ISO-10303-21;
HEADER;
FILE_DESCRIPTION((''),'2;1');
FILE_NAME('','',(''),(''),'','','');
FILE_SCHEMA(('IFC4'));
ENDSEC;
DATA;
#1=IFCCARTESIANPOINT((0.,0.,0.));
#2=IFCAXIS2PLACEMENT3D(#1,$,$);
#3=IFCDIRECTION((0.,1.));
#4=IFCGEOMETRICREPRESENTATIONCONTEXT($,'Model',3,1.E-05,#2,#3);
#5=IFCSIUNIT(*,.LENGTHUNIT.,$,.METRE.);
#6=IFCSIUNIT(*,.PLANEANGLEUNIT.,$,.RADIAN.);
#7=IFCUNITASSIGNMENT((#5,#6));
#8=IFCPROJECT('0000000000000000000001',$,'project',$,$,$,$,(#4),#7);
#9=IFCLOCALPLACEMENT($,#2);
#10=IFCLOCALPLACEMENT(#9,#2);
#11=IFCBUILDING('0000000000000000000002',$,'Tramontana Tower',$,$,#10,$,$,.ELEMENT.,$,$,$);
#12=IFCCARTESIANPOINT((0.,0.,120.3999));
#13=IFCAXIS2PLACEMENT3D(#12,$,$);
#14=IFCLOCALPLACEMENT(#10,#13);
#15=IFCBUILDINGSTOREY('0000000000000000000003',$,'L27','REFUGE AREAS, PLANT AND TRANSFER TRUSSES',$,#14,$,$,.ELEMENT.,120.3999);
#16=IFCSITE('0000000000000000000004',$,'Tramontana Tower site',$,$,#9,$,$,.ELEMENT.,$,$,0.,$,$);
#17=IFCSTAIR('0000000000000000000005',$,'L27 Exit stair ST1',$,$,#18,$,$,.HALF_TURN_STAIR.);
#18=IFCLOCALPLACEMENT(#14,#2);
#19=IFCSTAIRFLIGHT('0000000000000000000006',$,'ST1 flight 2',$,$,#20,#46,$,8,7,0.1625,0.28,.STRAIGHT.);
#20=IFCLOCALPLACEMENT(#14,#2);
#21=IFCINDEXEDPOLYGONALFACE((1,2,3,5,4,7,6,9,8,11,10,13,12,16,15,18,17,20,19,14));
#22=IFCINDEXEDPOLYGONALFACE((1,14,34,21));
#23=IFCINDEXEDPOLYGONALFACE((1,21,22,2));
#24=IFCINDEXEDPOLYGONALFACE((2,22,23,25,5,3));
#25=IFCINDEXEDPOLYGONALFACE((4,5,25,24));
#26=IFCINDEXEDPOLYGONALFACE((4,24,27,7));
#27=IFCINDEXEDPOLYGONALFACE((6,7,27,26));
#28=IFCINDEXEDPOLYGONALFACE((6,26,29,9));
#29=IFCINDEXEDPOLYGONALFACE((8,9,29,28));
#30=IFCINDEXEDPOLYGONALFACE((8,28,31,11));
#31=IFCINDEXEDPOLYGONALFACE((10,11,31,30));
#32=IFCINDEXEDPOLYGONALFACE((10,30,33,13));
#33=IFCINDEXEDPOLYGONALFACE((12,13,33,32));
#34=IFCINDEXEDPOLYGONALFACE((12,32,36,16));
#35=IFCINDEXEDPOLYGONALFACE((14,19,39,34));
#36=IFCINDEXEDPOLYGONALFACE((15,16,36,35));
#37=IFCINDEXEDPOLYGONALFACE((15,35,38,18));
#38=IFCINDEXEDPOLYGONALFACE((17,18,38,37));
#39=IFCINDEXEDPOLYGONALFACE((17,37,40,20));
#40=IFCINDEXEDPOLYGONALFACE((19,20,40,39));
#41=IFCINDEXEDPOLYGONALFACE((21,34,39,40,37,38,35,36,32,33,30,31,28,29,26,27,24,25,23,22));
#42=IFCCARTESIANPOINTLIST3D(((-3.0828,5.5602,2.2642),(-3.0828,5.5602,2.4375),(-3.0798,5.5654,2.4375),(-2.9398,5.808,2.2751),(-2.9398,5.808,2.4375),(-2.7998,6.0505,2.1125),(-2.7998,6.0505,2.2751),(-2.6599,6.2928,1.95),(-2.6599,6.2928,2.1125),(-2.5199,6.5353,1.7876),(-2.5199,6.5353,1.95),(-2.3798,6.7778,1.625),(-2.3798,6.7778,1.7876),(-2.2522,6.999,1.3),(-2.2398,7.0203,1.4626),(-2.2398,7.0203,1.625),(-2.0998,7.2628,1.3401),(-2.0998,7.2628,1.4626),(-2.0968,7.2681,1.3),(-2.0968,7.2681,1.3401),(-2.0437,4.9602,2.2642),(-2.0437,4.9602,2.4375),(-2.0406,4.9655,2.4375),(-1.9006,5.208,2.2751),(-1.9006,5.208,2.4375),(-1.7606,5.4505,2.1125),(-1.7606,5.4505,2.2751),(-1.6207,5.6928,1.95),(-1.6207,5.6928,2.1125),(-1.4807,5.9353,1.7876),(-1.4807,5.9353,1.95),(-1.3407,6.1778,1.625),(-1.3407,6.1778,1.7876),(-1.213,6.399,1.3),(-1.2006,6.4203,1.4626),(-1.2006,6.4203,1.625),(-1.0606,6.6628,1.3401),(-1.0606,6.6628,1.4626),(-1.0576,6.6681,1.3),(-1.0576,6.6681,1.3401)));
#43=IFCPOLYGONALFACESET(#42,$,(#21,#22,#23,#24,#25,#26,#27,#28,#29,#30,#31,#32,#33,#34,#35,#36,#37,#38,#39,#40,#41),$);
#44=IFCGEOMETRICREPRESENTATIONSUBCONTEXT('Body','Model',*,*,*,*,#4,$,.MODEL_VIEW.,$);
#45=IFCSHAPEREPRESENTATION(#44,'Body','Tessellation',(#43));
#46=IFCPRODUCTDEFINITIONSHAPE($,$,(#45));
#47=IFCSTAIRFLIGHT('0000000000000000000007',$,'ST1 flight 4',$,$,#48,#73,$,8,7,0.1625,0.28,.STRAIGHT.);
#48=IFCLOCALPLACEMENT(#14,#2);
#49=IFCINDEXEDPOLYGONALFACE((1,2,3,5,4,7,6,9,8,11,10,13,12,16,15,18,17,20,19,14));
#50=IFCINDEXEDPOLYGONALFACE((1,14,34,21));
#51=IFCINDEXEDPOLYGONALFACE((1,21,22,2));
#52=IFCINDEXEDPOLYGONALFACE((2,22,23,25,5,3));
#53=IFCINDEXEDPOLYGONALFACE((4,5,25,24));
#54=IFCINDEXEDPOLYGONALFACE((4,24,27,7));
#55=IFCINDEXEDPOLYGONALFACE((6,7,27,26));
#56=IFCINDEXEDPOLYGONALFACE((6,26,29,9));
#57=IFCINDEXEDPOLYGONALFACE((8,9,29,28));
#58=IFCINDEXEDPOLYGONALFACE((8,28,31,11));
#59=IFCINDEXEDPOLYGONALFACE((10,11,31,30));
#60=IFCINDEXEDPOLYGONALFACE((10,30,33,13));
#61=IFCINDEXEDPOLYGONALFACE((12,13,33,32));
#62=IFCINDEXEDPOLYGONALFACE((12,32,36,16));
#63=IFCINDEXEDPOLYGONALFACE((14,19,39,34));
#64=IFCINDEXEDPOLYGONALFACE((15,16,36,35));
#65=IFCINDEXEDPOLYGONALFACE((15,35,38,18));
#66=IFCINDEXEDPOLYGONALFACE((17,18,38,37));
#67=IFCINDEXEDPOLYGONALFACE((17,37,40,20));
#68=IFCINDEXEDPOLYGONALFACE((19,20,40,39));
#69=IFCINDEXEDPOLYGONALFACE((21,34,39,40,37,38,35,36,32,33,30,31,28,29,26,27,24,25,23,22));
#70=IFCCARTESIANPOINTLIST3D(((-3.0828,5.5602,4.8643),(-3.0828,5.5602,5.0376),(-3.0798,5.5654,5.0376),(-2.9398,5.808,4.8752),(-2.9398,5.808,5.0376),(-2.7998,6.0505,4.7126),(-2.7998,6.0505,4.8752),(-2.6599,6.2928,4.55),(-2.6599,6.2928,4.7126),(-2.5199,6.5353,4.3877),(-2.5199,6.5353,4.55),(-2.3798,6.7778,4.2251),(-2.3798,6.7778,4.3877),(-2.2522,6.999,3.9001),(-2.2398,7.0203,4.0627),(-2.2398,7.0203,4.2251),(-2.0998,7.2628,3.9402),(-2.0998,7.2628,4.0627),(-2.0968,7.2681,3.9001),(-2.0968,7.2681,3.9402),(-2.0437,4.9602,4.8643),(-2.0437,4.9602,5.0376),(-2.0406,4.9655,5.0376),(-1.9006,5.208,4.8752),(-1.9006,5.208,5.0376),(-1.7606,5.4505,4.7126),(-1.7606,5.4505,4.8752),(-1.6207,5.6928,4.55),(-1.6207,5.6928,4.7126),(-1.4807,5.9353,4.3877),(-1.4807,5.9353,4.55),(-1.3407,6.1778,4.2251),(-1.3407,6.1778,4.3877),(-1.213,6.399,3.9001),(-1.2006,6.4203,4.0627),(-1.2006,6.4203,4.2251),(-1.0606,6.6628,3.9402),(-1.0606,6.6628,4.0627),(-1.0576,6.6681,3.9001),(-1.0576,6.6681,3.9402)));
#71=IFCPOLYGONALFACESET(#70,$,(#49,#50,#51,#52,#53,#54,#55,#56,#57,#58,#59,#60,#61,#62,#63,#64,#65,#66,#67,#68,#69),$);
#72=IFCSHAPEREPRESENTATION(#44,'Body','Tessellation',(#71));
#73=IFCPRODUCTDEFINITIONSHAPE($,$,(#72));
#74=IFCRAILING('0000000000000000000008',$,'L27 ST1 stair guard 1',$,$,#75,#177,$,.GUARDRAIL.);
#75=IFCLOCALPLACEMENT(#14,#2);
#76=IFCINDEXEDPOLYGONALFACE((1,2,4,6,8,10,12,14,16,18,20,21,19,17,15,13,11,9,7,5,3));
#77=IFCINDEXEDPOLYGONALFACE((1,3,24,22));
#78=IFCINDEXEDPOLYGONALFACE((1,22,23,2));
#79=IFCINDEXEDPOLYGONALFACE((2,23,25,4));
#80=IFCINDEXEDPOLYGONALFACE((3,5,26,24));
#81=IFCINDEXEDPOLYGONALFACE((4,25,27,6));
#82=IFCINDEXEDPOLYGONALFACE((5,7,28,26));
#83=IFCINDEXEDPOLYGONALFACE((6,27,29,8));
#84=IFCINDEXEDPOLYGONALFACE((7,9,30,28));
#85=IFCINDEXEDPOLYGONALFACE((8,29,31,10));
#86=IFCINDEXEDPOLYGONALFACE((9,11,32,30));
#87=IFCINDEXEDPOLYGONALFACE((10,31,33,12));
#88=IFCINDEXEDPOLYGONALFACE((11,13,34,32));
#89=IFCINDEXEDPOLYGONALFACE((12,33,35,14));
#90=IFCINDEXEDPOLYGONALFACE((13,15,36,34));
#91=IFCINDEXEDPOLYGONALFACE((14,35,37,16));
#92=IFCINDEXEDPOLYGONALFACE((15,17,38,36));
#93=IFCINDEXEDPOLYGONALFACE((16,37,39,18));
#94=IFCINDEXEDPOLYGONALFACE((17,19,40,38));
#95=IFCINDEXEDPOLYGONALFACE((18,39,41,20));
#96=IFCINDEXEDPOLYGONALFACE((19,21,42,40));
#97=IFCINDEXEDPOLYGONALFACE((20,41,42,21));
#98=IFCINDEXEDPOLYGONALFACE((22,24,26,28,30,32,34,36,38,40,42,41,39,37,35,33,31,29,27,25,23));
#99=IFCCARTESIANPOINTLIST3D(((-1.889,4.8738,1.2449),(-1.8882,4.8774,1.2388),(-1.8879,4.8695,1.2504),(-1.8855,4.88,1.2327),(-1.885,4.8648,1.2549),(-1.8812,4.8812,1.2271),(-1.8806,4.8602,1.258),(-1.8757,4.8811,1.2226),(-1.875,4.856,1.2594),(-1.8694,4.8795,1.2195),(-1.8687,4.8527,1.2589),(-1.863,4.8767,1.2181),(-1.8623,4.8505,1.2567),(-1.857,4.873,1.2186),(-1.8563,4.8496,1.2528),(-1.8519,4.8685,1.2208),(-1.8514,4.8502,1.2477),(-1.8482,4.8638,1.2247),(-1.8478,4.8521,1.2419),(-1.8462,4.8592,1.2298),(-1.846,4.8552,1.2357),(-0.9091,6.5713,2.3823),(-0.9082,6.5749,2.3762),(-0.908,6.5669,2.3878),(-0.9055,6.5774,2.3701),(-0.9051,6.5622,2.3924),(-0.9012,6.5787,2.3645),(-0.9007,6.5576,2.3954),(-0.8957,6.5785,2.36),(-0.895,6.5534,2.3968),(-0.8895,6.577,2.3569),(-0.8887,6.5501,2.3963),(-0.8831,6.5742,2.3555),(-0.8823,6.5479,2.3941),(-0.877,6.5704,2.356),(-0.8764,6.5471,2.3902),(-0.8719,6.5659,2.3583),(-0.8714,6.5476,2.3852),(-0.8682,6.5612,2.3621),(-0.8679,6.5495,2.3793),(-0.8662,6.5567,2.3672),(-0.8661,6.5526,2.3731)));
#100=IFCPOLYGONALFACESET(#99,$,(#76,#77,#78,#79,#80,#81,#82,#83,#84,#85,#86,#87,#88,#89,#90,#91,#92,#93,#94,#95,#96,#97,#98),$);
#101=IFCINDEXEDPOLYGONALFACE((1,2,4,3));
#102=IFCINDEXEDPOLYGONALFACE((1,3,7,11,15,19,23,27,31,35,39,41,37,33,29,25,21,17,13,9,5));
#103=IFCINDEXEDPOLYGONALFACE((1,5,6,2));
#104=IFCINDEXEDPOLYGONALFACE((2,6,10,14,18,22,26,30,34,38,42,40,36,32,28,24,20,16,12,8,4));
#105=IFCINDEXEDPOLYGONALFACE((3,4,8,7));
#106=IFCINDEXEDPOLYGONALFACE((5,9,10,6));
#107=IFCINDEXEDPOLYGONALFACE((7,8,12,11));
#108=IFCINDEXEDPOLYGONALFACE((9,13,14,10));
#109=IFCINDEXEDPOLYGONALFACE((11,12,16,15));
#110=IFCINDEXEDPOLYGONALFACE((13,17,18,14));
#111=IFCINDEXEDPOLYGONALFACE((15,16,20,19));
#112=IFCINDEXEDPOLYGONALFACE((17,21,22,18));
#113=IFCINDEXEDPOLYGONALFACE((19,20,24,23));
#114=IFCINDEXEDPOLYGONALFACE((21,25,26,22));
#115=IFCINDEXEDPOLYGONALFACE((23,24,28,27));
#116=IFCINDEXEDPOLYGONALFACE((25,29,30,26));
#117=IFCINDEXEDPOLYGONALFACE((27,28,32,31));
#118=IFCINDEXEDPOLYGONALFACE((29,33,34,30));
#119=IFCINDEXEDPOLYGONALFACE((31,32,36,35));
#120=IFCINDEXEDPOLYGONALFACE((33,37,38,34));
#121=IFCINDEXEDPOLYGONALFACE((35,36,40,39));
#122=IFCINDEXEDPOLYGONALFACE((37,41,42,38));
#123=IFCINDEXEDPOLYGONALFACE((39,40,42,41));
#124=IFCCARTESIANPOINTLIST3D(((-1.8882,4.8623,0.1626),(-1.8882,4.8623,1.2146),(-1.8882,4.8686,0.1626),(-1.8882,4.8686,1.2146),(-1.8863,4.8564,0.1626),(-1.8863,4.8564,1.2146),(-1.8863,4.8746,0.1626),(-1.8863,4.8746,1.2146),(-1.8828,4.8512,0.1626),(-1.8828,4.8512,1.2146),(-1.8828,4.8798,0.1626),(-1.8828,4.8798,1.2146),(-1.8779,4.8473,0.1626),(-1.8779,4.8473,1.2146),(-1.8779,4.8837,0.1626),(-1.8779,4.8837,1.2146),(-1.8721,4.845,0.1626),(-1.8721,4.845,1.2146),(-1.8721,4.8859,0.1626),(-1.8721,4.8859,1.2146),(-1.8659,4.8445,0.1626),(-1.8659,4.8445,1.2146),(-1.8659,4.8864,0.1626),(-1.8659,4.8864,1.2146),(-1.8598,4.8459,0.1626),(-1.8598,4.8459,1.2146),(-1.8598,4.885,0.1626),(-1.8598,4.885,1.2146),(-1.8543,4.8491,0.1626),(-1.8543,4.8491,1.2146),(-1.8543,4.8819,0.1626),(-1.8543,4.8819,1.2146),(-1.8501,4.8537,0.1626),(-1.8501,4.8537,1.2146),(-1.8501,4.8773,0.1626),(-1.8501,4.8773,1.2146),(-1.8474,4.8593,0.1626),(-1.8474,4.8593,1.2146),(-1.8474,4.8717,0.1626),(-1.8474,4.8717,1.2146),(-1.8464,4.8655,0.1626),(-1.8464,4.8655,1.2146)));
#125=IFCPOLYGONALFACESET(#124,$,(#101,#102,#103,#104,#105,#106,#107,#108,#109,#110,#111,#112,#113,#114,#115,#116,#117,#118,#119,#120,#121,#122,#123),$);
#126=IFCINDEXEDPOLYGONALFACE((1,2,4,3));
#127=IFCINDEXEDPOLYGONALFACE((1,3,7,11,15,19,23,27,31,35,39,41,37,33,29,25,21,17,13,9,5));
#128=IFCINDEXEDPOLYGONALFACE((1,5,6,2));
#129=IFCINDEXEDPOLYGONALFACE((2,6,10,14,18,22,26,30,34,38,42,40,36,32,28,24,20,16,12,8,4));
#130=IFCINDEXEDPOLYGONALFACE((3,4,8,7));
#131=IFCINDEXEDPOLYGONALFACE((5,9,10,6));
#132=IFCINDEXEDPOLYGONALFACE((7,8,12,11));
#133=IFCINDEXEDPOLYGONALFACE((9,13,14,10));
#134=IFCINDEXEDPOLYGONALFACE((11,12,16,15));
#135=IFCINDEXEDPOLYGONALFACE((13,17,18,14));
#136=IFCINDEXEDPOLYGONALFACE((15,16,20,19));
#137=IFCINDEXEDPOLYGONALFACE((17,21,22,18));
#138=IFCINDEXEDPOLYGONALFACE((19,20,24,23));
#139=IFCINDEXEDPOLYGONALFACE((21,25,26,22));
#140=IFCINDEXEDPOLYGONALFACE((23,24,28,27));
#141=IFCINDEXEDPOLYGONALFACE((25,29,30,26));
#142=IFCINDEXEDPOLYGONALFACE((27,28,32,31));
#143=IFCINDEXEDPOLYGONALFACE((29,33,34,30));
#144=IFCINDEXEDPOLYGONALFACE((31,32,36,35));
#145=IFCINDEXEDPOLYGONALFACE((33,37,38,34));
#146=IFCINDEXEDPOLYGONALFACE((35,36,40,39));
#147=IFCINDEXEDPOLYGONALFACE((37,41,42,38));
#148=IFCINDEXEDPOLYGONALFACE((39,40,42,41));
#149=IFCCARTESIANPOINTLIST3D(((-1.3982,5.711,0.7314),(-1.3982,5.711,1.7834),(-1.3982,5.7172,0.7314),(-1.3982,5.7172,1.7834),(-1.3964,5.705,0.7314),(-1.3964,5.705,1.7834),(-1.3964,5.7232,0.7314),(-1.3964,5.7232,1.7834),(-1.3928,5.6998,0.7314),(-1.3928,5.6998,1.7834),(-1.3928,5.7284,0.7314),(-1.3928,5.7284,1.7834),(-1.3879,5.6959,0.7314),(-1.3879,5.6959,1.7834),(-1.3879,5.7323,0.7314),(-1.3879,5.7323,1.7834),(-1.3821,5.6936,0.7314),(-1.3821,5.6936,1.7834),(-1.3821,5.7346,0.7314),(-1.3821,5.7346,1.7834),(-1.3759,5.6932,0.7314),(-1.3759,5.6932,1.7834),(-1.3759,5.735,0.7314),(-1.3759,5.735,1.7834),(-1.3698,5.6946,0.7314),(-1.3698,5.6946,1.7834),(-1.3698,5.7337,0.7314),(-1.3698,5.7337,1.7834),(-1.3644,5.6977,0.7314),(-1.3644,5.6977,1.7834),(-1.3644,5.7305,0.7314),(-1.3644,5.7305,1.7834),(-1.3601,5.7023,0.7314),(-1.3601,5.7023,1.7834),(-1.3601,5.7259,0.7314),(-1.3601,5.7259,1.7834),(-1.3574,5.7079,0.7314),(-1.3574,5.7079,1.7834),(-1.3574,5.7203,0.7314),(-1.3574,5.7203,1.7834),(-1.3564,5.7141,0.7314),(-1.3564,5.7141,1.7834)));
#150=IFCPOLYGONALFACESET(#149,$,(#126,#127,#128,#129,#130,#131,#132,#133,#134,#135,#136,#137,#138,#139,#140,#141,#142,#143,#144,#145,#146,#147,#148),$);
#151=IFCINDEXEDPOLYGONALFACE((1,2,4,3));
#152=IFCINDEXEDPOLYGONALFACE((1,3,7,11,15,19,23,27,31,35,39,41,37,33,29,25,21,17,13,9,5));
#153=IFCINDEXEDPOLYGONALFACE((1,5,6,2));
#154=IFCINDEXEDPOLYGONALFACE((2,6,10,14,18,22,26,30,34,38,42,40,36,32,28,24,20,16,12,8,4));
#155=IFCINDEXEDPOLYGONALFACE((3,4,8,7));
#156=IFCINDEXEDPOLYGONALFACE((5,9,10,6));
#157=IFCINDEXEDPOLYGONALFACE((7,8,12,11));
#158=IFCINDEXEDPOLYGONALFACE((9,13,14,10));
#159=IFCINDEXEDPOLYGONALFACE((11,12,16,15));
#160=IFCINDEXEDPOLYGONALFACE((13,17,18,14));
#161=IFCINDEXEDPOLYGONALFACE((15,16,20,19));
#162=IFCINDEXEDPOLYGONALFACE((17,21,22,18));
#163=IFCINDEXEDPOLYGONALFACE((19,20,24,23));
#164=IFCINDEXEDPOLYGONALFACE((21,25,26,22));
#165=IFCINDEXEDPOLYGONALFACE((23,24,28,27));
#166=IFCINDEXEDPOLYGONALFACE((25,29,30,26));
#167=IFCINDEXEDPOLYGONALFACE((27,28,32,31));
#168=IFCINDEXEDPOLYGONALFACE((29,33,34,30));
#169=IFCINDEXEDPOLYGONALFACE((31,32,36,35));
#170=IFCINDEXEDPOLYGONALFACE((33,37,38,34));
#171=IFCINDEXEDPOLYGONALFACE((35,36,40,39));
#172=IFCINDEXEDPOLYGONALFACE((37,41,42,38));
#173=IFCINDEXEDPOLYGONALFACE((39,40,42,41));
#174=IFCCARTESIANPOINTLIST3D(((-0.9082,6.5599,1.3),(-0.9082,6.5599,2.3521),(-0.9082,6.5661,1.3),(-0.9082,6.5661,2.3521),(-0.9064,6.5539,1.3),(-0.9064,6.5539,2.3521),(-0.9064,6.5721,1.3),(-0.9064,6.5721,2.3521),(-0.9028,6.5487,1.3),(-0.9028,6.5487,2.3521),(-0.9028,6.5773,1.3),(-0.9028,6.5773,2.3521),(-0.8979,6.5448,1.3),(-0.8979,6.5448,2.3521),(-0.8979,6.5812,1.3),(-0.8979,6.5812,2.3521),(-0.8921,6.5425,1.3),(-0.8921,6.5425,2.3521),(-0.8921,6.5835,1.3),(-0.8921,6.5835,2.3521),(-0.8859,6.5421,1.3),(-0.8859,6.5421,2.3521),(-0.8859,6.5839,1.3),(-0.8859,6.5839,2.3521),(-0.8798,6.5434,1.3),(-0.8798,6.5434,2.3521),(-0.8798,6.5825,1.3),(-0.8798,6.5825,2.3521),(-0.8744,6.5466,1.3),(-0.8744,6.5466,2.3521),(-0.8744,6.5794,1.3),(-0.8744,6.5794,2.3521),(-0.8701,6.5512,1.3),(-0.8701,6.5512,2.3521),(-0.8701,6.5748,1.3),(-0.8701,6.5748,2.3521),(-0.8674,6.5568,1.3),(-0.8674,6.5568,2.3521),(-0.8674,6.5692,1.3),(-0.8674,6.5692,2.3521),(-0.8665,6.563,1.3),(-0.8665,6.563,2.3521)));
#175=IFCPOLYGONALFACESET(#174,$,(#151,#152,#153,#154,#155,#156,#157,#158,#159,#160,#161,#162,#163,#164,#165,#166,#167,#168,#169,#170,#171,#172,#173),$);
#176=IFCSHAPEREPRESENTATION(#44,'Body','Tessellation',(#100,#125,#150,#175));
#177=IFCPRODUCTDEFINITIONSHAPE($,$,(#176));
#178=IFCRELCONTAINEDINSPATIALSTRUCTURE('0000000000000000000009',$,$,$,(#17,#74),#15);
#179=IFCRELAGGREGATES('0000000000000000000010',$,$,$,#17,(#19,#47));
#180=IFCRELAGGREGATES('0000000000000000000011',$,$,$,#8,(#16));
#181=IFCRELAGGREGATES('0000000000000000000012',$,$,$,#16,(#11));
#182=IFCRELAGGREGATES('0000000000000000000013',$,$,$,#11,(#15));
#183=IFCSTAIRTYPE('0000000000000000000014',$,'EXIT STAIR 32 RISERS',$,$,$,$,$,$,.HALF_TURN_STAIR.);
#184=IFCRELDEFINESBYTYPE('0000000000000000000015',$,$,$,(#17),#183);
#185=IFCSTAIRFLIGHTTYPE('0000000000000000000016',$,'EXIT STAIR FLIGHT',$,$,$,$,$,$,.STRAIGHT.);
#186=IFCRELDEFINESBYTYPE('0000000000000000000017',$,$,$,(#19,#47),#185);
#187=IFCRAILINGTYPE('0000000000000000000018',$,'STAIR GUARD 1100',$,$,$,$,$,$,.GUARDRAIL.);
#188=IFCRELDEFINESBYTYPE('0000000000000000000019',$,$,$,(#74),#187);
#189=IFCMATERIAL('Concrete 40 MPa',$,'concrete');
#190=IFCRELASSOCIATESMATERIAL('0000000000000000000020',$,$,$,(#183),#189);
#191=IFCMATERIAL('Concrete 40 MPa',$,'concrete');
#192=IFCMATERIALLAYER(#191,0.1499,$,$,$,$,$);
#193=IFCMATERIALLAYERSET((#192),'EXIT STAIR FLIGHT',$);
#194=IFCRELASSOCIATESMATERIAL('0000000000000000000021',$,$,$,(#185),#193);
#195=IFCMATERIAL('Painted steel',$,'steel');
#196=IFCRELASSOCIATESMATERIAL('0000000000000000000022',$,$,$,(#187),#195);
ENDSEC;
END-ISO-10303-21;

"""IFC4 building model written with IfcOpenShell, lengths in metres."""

from ifc_helpers import new_model, si_unit, direction, frame, origin, origin_2d, place, context, subcontext, project, spatial, polyline, circle, outline, extrude, material, layer, layer_set, type_object, element, aggregate, save


model = new_model("IFC4")

# Units and contexts
model_context = context("Model", 3, precision=1e-05, world=origin(), true_north=direction((0.0, 1.0)))
body_context = subcontext(model_context, "Body", "Model", "MODEL_VIEW")
ifc_project = project(units=[si_unit("LENGTHUNIT", "METRE"), si_unit("PLANEANGLEUNIT", "RADIAN")], contexts=[model_context])

# Site, building, storey
site_placement = place(None, origin())
site = spatial("IfcSite", under=ifc_project, at=site_placement, Name="Tramontana Tower site", CompositionType="ELEMENT", RefElevation=0.0)
building_placement = place(site_placement, origin())
building = spatial("IfcBuilding", under=site, at=building_placement, Name="Tramontana Tower", CompositionType="ELEMENT")
storey_placement = place(building_placement, frame((0.0, 0.0, 120.3999)))
storey = spatial("IfcBuildingStorey", under=building, at=storey_placement, Name="L27", Description="REFUGE AREAS, PLANT AND TRANSFER TRUSSES", CompositionType="ELEMENT", Elevation=120.3999)

# Stair, stair flights
ifc_material_1 = material(Name="Concrete 40 MPa", Category="concrete")
stair_type = type_object("IfcStairType", Name="EXIT STAIR 32 RISERS", PredefinedType="HALF_TURN_STAIR", material=ifc_material_1)
stair_placement = place(storey_placement, origin())
stair = element("IfcStair", 1, at=stair_placement, inside=storey, type_object=stair_type, Name="L27 Exit stair ST1", PredefinedType="HALF_TURN_STAIR")
ifc_material_2 = material(Name="Concrete 40 MPa", Category="concrete")
ifc_layer_1 = layer(ifc_material_2, 0.1499)
ifc_layer_set_1 = layer_set([ifc_layer_1], Name="EXIT STAIR FLIGHT")
stair_flight_type = type_object("IfcStairFlightType", Name="EXIT STAIR FLIGHT", PredefinedType="STRAIGHT", material=ifc_layer_set_1)
stair_flight_1_placement = place(storey_placement, frame((-1.5803, 6.9629, 1.3), z_axis=(0.0, 0.0, 1.0), x_axis=(-0.5, -0.866025, 0.0)))
stair_flight_1 = element("IfcStairFlight", 2, at=stair_flight_1_placement, type_object=stair_flight_type, Name="ST1 flight 2", NumberOfRisers=8, NumberOfTreads=7, PredefinedType="STRAIGHT", RiserHeight=0.1625, TreadLength=0.28, context=body_context, shape_type="SweptSolid", body=[
    extrude(outline(polyline([(-0.0061, 0.0), (-0.0061, 0.04), (0.0, 0.04), (0.0, 0.1626), (0.28, 0.1626), (0.28, 0.325), (0.5601, 0.325), (0.5601, 0.4875), (0.8401, 0.4875), (0.8401, 0.6499), (1.1201, 0.6499), (1.1201, 0.8125), (1.3999, 0.8125), (1.3999, 0.9751), (1.6799, 0.9751), (1.6799, 1.1375), (1.96, 1.1375), (1.9661, 1.1375), (1.9661, 0.9641), (0.3047, 0.0), (-0.0061, 0.0)])), frame((0.0, 0.6001, 0.0), z_axis=(0.0, -1.0, 0.0), x_axis=(1.0, 0.0, 0.0)), (0.0, 0.0, 1.0), 1.2),
])
stair_flight_2_placement = place(storey_placement, frame((-1.5803, 6.9629, 3.9001), z_axis=(0.0, 0.0, 1.0), x_axis=(-0.5, -0.866025, 0.0)))
stair_flight_2 = element("IfcStairFlight", 3, at=stair_flight_2_placement, type_object=stair_flight_type, Name="ST1 flight 4", NumberOfRisers=8, NumberOfTreads=7, PredefinedType="STRAIGHT", RiserHeight=0.1625, TreadLength=0.28, context=body_context, shape_type="SweptSolid", body=[
    extrude(outline(polyline([(-0.0061, 0.0), (-0.0061, 0.04), (0.0, 0.04), (0.0, 0.1626), (0.28, 0.1626), (0.28, 0.325), (0.5601, 0.325), (0.5601, 0.4875), (0.8401, 0.4875), (0.8401, 0.6499), (1.1201, 0.6499), (1.1201, 0.8125), (1.3999, 0.8125), (1.3999, 0.9751), (1.6799, 0.9751), (1.6799, 1.1375), (1.96, 1.1375), (1.9661, 1.1375), (1.9661, 0.9641), (0.3047, 0.0), (-0.0061, 0.0)])), frame((0.0, 0.6001, 0.0), z_axis=(0.0, -1.0, 0.0), x_axis=(1.0, 0.0, 0.0)), (0.0, 0.0, 1.0), 1.2),
])
aggregate(stair, [stair_flight_1, stair_flight_2])

# Railing
ifc_material_3 = material(Name="Painted steel", Category="steel")
railing_type_1 = type_object("IfcRailingType", Name="STAIR GUARD 1100", PredefinedType="GUARDRAIL", material=ifc_material_3)
for number, where, name in (
    (4, (-1.8674, 4.8655, 0.1626), "L27 ST1 stair guard 1"),
):
    element("IfcRailing", number, at=place(storey_placement, frame(where)), inside=storey, type_object=railing_type_1, Name=name, PredefinedType="GUARDRAIL", context=body_context, shape_type="SweptSolid", body=[
        extrude(circle(Radius=0.0239, at=origin_2d()), frame((0.0, 0.0, 1.0762), z_axis=(0.432432, 0.749053, 0.501918), x_axis=(-0.866042, 0.49997, 0.0)), (0.0, 0.0, 1.0), 2.2661),
        extrude(circle(Radius=0.021, at=origin_2d()), origin(), (0.0, 0.0, 1.0), 1.052),
        extrude(circle(Radius=0.021, at=origin_2d()), frame((0.49, 0.8486, 0.5688)), (0.0, 0.0, 1.0), 1.052),
        extrude(circle(Radius=0.021, at=origin_2d()), frame((0.98, 1.6975, 1.1375)), (0.0, 0.0, 1.0), 1.052),
    ])

save(model, "model.ifc")
